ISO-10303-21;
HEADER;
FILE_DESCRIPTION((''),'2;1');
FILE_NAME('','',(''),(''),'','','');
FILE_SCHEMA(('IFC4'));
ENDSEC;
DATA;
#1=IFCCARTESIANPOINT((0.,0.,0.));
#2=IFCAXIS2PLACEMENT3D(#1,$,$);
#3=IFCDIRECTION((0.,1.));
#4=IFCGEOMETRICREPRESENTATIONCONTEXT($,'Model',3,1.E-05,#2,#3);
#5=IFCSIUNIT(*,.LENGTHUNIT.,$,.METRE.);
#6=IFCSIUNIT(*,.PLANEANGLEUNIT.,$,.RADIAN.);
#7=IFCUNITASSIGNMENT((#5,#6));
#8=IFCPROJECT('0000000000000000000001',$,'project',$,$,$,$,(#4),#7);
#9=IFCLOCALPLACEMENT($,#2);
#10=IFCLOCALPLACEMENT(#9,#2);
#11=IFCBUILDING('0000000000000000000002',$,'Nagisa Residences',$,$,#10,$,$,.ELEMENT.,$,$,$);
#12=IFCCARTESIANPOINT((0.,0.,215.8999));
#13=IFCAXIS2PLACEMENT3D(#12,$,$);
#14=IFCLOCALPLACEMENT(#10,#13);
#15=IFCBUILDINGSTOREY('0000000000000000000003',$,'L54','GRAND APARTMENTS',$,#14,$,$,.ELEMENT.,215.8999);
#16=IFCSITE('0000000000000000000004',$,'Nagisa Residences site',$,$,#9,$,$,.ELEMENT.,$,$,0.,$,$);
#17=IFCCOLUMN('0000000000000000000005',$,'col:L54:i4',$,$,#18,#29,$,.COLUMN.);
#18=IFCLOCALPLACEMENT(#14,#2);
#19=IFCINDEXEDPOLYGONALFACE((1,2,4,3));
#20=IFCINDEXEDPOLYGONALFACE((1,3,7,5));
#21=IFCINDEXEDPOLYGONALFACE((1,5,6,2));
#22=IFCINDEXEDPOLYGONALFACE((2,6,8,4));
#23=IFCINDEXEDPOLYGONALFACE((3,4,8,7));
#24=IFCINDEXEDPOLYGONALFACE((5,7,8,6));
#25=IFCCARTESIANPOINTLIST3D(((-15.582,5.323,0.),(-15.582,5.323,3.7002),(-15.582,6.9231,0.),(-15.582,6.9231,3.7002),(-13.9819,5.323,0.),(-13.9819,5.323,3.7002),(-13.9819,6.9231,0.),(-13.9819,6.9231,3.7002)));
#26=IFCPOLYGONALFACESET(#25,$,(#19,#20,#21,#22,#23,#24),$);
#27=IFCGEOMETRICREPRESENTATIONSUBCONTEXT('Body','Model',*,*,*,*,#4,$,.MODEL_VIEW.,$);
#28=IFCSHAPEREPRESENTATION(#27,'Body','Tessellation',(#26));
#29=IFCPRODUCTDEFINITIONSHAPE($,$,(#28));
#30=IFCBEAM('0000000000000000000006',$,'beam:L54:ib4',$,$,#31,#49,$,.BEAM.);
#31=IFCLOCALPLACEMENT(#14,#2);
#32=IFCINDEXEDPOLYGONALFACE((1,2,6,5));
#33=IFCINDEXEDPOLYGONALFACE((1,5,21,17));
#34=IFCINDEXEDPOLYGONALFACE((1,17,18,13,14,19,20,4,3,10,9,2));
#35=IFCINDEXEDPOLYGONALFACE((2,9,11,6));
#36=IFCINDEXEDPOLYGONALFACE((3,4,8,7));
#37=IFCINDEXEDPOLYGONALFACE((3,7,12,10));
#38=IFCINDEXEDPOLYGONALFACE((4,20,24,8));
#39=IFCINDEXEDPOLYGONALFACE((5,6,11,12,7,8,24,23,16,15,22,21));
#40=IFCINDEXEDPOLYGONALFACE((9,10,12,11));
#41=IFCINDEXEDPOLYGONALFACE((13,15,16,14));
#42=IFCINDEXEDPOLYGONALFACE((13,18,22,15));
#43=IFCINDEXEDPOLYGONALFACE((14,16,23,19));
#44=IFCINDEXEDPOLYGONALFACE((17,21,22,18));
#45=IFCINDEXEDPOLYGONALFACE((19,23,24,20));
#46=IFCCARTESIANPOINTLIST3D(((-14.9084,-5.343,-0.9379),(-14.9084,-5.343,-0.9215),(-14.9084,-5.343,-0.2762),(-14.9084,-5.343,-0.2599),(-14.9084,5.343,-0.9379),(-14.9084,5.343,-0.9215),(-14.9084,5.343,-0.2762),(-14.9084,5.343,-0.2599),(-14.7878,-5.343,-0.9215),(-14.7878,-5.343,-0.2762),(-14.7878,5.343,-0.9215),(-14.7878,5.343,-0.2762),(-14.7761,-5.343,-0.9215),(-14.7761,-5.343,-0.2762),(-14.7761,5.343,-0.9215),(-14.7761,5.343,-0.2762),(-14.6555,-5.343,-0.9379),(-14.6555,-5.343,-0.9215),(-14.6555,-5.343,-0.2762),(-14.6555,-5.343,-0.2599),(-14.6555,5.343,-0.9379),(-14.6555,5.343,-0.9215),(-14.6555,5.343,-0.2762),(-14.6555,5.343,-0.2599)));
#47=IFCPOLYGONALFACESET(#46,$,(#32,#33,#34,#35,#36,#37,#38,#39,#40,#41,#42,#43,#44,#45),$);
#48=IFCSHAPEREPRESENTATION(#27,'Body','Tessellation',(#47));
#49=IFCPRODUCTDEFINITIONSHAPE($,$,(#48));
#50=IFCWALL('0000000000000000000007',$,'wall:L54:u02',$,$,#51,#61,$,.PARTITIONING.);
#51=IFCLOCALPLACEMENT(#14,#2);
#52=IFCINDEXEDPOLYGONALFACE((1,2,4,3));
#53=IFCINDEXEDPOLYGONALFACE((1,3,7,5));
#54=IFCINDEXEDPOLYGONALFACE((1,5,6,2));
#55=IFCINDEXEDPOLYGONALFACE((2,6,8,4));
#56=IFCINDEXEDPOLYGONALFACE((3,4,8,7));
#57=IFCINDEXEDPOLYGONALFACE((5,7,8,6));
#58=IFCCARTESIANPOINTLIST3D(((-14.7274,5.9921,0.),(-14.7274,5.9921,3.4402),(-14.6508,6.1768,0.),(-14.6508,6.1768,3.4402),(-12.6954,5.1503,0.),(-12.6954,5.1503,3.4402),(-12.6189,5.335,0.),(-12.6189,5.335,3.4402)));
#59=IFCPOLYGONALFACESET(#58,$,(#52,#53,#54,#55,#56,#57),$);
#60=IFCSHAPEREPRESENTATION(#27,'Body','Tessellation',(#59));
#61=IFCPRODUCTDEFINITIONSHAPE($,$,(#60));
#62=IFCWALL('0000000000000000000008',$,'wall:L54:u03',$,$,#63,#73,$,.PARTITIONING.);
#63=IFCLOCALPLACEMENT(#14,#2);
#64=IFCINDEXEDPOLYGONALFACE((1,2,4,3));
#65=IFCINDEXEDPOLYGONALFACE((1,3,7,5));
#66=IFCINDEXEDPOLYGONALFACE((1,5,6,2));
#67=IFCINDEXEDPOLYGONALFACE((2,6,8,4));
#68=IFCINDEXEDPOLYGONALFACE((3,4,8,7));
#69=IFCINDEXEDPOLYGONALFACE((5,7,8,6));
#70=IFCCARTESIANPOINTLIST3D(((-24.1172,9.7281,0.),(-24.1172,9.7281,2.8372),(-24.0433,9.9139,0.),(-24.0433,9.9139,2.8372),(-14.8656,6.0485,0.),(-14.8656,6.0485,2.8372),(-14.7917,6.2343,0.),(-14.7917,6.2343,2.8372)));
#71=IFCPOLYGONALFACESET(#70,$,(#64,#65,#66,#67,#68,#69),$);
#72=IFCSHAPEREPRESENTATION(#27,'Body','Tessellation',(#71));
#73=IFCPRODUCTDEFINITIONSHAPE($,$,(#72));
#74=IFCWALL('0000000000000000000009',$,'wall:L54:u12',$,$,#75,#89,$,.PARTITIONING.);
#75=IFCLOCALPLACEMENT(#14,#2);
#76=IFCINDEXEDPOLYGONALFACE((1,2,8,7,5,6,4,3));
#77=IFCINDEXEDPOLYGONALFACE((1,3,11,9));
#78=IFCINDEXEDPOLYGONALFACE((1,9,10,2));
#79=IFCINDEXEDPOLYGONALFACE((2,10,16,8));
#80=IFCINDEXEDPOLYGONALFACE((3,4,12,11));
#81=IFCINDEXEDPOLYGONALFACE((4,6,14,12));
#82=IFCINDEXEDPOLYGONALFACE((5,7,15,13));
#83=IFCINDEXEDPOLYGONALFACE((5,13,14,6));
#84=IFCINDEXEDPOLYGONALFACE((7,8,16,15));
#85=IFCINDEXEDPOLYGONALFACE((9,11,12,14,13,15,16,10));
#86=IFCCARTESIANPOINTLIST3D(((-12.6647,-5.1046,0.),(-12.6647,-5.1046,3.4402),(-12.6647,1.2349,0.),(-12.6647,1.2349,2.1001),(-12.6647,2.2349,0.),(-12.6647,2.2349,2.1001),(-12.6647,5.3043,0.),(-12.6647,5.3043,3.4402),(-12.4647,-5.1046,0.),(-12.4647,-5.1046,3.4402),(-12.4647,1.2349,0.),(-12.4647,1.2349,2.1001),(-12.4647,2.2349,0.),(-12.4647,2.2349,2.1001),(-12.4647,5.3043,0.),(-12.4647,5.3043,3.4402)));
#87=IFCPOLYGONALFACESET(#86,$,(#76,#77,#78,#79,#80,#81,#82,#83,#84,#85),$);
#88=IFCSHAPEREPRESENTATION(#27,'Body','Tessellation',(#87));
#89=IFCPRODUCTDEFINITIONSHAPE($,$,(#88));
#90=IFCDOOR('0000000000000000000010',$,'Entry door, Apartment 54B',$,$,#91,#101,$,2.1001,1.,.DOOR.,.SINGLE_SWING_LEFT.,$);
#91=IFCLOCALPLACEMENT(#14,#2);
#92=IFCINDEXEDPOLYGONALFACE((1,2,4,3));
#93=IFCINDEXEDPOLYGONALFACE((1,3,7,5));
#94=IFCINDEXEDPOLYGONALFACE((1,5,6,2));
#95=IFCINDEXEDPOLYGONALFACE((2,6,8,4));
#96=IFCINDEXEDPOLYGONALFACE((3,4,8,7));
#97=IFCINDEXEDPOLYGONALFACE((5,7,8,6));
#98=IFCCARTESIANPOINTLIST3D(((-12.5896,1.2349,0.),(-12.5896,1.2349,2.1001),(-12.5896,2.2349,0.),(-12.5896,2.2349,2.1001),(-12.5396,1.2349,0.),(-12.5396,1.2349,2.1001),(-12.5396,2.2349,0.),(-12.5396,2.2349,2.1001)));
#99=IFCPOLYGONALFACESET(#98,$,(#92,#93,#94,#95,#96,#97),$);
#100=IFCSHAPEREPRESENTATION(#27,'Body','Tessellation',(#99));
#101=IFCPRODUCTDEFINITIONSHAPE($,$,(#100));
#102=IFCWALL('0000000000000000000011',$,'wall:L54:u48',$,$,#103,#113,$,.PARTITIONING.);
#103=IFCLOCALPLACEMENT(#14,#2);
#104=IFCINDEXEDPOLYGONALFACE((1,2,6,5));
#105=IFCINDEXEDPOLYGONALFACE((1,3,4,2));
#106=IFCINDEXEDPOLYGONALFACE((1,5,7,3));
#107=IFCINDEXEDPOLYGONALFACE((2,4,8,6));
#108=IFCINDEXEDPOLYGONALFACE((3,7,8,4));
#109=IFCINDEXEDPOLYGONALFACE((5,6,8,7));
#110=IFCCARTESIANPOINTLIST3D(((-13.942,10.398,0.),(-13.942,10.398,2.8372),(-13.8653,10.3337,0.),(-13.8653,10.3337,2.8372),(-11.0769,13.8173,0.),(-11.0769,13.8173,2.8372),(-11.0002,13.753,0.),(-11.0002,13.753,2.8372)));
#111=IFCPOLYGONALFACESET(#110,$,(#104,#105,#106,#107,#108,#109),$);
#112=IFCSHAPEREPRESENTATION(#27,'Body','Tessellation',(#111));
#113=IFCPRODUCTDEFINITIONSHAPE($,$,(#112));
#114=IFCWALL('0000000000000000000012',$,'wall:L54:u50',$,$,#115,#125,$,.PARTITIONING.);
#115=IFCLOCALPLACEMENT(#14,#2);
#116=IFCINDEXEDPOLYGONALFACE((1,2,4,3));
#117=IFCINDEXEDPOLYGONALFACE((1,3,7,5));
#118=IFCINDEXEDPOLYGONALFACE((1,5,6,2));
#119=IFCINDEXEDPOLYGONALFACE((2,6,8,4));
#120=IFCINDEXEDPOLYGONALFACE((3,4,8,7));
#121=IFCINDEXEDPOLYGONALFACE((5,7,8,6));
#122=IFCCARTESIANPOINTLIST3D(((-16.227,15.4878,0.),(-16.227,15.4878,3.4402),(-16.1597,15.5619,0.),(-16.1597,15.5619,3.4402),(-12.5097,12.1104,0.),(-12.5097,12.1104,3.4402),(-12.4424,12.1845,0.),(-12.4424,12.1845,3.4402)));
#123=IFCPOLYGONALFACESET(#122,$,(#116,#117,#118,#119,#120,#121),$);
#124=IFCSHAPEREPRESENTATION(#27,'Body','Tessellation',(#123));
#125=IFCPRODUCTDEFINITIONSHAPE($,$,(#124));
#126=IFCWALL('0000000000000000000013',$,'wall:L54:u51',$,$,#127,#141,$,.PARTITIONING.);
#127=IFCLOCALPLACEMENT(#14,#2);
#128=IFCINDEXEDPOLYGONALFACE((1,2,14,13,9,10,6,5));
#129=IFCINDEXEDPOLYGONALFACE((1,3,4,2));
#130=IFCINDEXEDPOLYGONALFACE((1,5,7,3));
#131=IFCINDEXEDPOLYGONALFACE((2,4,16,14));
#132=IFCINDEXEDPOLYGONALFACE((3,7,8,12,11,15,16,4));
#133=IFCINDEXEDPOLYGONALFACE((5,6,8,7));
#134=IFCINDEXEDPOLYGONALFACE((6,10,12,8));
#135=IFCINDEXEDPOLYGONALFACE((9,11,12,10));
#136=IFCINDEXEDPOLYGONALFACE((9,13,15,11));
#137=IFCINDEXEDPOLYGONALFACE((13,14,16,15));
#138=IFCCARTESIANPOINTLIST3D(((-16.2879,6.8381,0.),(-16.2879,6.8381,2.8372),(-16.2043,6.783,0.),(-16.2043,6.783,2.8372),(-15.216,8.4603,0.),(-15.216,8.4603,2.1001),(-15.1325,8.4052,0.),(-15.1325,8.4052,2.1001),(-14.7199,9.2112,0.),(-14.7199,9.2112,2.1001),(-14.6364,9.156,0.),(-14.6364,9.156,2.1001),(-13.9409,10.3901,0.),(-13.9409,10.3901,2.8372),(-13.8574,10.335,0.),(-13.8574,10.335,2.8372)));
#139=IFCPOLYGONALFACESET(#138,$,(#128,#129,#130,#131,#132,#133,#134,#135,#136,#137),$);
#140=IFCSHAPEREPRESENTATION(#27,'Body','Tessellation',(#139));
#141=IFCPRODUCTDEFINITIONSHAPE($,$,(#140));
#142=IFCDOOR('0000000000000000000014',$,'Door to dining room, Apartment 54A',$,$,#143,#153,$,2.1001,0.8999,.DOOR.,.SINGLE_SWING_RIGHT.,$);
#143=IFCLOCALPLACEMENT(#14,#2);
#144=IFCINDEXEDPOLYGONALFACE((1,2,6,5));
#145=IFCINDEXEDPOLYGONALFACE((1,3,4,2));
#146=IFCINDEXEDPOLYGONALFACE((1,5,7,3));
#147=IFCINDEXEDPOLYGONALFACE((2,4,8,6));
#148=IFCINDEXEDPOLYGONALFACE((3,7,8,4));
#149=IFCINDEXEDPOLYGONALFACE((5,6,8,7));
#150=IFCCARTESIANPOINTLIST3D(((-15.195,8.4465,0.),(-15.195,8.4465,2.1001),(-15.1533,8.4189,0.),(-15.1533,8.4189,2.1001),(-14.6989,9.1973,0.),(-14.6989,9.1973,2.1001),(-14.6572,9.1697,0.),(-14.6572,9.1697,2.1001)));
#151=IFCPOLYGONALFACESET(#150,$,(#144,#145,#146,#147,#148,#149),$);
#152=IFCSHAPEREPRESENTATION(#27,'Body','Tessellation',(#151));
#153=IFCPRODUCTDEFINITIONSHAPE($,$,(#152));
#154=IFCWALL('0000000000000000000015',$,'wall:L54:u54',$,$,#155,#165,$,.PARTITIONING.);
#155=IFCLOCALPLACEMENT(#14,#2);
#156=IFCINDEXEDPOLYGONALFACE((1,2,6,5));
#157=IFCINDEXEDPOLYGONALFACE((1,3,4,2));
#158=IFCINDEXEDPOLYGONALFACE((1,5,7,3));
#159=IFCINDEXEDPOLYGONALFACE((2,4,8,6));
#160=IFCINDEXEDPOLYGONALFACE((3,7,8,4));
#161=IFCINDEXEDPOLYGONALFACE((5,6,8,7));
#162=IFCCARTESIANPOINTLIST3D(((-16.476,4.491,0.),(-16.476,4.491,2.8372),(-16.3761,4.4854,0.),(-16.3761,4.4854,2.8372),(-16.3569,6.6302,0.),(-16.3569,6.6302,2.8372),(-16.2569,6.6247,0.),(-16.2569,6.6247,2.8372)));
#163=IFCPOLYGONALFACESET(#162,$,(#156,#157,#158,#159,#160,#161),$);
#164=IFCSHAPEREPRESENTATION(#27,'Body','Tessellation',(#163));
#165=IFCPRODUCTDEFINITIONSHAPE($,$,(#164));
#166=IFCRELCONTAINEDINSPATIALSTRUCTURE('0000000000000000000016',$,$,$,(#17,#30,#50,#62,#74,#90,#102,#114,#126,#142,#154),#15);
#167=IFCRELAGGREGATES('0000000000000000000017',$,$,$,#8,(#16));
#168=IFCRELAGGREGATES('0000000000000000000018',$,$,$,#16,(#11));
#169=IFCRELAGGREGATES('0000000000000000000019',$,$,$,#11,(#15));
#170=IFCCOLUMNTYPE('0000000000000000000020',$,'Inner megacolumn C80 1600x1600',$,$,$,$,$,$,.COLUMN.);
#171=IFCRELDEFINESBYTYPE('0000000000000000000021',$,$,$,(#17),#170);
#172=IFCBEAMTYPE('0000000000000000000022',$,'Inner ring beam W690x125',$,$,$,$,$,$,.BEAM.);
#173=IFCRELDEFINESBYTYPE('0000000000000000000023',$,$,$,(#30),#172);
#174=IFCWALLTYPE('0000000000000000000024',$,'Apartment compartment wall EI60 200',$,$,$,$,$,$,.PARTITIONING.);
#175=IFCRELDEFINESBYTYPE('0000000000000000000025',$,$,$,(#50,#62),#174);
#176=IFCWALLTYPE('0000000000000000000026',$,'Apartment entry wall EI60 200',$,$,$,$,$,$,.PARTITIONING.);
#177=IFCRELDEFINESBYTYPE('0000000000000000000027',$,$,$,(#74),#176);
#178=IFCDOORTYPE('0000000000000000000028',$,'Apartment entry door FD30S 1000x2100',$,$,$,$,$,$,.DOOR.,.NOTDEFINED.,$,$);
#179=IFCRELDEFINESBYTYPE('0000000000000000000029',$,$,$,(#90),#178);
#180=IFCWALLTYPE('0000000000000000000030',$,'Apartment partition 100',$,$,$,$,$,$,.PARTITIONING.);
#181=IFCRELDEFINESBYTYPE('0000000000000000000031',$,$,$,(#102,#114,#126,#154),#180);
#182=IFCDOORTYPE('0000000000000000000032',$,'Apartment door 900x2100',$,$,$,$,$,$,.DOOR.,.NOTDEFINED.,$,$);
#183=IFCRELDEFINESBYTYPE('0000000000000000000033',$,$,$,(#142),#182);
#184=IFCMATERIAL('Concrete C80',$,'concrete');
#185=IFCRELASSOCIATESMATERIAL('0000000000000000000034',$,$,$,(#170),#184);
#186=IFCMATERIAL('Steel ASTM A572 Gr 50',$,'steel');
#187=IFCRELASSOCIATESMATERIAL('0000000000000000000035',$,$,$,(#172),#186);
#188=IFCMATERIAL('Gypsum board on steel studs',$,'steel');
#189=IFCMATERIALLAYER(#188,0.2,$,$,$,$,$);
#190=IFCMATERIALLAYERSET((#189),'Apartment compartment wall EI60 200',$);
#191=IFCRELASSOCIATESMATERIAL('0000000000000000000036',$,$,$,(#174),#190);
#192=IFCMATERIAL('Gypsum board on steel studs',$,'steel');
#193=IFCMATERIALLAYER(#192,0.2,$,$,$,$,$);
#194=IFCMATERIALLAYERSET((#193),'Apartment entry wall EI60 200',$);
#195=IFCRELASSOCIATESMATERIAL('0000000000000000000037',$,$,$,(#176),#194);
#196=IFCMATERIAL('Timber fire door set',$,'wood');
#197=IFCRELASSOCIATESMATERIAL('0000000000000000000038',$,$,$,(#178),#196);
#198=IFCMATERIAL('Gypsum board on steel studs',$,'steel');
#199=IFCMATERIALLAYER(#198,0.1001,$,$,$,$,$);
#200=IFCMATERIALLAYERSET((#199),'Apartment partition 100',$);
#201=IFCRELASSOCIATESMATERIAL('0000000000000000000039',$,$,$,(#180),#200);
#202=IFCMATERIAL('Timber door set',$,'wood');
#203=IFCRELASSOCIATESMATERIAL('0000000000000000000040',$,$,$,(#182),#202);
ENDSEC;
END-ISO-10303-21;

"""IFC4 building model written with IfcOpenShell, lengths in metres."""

from ifc_helpers import new_model, si_unit, direction, frame, frame_2d, origin, origin_2d, place, context, subcontext, project, spatial, rectangle, i_section, extrude, material, layer, layer_set, material_profile, profile_set, type_object, element, fill, save


model = new_model("IFC4")

# Units and contexts
model_context = context("Model", 3, precision=1e-05, world=origin(), true_north=direction((0.0, 1.0)))
body_context = subcontext(model_context, "Body", "Model", "MODEL_VIEW")
ifc_project = project(units=[si_unit("LENGTHUNIT", "METRE"), si_unit("PLANEANGLEUNIT", "RADIAN")], contexts=[model_context])

# Site, building, storey
site_placement = place(None, origin())
site = spatial("IfcSite", under=ifc_project, at=site_placement, Name="Nagisa Residences site", CompositionType="ELEMENT", RefElevation=0.0)
building_placement = place(site_placement, origin())
building = spatial("IfcBuilding", under=site, at=building_placement, Name="Nagisa Residences", CompositionType="ELEMENT")
storey_placement = place(building_placement, frame((0.0, 0.0, 215.8999)))
storey = spatial("IfcBuildingStorey", under=building, at=storey_placement, Name="L54", Description="GRAND APARTMENTS", CompositionType="ELEMENT", Elevation=215.8999)

# Column
ifc_material_1 = material(Name="Concrete C80", Category="concrete")
ifc_material_profile_1 = material_profile(ifc_material_1, rectangle(XDim=1.6001, YDim=1.6001, at=origin_2d()), Name="C80 1600x1600")
ifc_profile_set_1 = profile_set([ifc_material_profile_1], Name="Concrete C80")
column_type = type_object("IfcColumnType", Name="Inner megacolumn C80 1600x1600", PredefinedType="COLUMN", material=ifc_profile_set_1)
column_placement = place(storey_placement, frame((-14.782, 6.123, 0.0), z_axis=(0.0, 0.0, 1.0), x_axis=(1.0, 0.0, 0.0)))
element("IfcColumn", 1, at=column_placement, inside=storey, type_object=column_type, Name="col:L54:i4", PredefinedType="COLUMN", context=body_context, shape_type="SweptSolid", body=[
    extrude(rectangle(XDim=1.6001, YDim=1.6001, at=origin_2d()), origin(), (0.0, 0.0, 1.0), 3.7002),
])

# Beam
ifc_material_2 = material(Name="Steel ASTM A572 Gr 50", Category="steel")
ifc_material_profile_2 = material_profile(ifc_material_2, i_section(OverallWidth=0.2529, OverallDepth=0.678, WebThickness=0.0117, FlangeThickness=0.0164, at=origin_2d()), Name="W690x125")
ifc_profile_set_2 = profile_set([ifc_material_profile_2], Name="Steel ASTM A572 Gr 50")
beam_type = type_object("IfcBeamType", Name="Inner ring beam W690x125", PredefinedType="BEAM", material=ifc_profile_set_2)
beam_placement = place(storey_placement, frame((-14.782, 5.343, -0.5989), z_axis=(0.0, -1.0, 0.0), x_axis=(1.0, 0.0, 0.0)))
element("IfcBeam", 2, at=beam_placement, inside=storey, type_object=beam_type, Name="beam:L54:ib4", PredefinedType="BEAM", context=body_context, shape_type="SweptSolid", body=[
    extrude(i_section(OverallWidth=0.2529, OverallDepth=0.678, WebThickness=0.0117, FlangeThickness=0.0164, at=origin_2d()), origin(), (0.0, 0.0, 1.0), 10.686),
])

# Walls
ifc_material_3 = material(Name="Gypsum board on steel studs", Category="steel")
ifc_layer_1 = layer(ifc_material_3, 0.2)
ifc_layer_set_1 = layer_set([ifc_layer_1], Name="Apartment compartment wall EI60 200")
wall_type_1 = type_object("IfcWallType", Name="Apartment compartment wall EI60 200", PredefinedType="PARTITIONING", material=ifc_layer_set_1)
wall_1_placement = place(storey_placement, frame((-12.6572, 5.2427, 0.0), z_axis=(0.0, 0.0, 1.0), x_axis=(-0.92386, 0.382731, 0.0)))
element("IfcWall", 3, at=wall_1_placement, inside=storey, type_object=wall_type_1, Name="wall:L54:u02", PredefinedType="PARTITIONING", context=body_context, shape_type="SweptSolid", body=[
    extrude(rectangle(XDim=2.1995, YDim=0.2, at=frame_2d((1.0996, 0.0))), origin(), (0.0, 0.0, 1.0), 3.4402),
])
wall_2_placement = place(storey_placement, frame((-14.8286, 6.1414, 0.0), z_axis=(0.0, 0.0, 1.0), x_axis=(-0.929202, 0.369572, 0.0)))
element("IfcWall", 4, at=wall_2_placement, inside=storey, type_object=wall_type_1, Name="wall:L54:u03", PredefinedType="PARTITIONING", context=body_context, shape_type="SweptSolid", body=[
    extrude(rectangle(XDim=9.9565, YDim=0.2, at=frame_2d((4.9783, 0.0))), origin(), (0.0, 0.0, 1.0), 2.8372),
])

# Wall, opening, door
ifc_material_4 = material(Name="Gypsum board on steel studs", Category="steel")
ifc_layer_2 = layer(ifc_material_4, 0.2)
ifc_layer_set_2 = layer_set([ifc_layer_2], Name="Apartment entry wall EI60 200")
wall_type_2 = type_object("IfcWallType", Name="Apartment entry wall EI60 200", PredefinedType="PARTITIONING", material=ifc_layer_set_2)
wall_3_placement = place(storey_placement, frame((-12.5647, 5.3044, 0.0), z_axis=(0.0, 0.0, 1.0), x_axis=(0.0, -1.0, 0.0)))
wall_3 = element("IfcWall", 5, at=wall_3_placement, inside=storey, type_object=wall_type_2, Name="wall:L54:u12", PredefinedType="PARTITIONING", context=body_context, shape_type="SweptSolid", body=[
    extrude(rectangle(XDim=10.4089, YDim=0.2, at=frame_2d((5.2046, 0.0))), origin(), (0.0, 0.0, 1.0), 3.4402),
])
opening_1_placement = place(wall_3_placement, frame((3.0696, 0.0, 0.0)))
opening_1 = element("IfcOpeningElement", 6, at=opening_1_placement, cuts=wall_3, PredefinedType="OPENING", context=body_context, shape_type="SweptSolid", body=[
    extrude(rectangle(XDim=1.0, YDim=2.1001, at=frame_2d((0.5, 1.05))), frame((0.0, 0.1099, 0.0), z_axis=(0.0, -1.0, 0.0), x_axis=(1.0, 0.0, 0.0)), (0.0, 0.0, 1.0), 0.22),
])
ifc_material_5 = material(Name="Timber fire door set", Category="wood")
door_type_1 = type_object("IfcDoorType", Name="Apartment entry door FD30S 1000x2100", OperationType="NOTDEFINED", PredefinedType="DOOR", material=ifc_material_5)
door_1_placement = place(opening_1_placement, frame((1.0, 0.0, 0.0), x_axis=(-1.0, 0.0, 0.0)))
door_1 = element("IfcDoor", 7, at=door_1_placement, inside=storey, type_object=door_type_1, Name="Entry door, Apartment 54B", OperationType="SINGLE_SWING_LEFT", OverallHeight=2.1001, OverallWidth=1.0, PredefinedType="DOOR", context=body_context, shape_type="SweptSolid", body=[
    extrude(rectangle(XDim=1.0, YDim=2.1001, at=frame_2d((0.5, 1.05))), frame((0.0, 0.0249, 0.0), z_axis=(0.0, -1.0, 0.0), x_axis=(1.0, 0.0, 0.0)), (0.0, 0.0, 1.0), 0.05),
])
fill(opening_1, door_1)

# Walls
ifc_material_6 = material(Name="Gypsum board on steel studs", Category="steel")
ifc_layer_3 = layer(ifc_material_6, 0.1001)
ifc_layer_set_3 = layer_set([ifc_layer_3], Name="Apartment partition 100")
wall_type_3 = type_object("IfcWallType", Name="Apartment partition 100", PredefinedType="PARTITIONING", material=ifc_layer_set_3)
wall_4_placement = place(storey_placement, frame((-11.0386, 13.7852, 0.0), z_axis=(0.0, 0.0, 1.0), x_axis=(-0.642255, -0.766491, 0.0)))
element("IfcWall", 8, at=wall_4_placement, inside=storey, type_object=wall_type_3, Name="wall:L54:u48", PredefinedType="PARTITIONING", context=body_context, shape_type="SweptSolid", body=[
    extrude(rectangle(XDim=4.4609, YDim=0.1001, at=frame_2d((2.2305, 0.0))), origin(), (0.0, 0.0, 1.0), 2.8372),
])
wall_5_placement = place(storey_placement, frame((-12.4761, 12.1475, 0.0), z_axis=(0.0, 0.0, 1.0), x_axis=(-0.740129, 0.672465, 0.0)))
element("IfcWall", 9, at=wall_5_placement, inside=storey, type_object=wall_type_3, Name="wall:L54:u50", PredefinedType="PARTITIONING", context=body_context, shape_type="SweptSolid", body=[
    extrude(rectangle(XDim=5.0225, YDim=0.1001, at=frame_2d((2.5112, 0.0))), origin(), (0.0, 0.0, 1.0), 3.4402),
])

# Wall, opening, door
wall_6_placement = place(storey_placement, frame((-13.8992, 10.3625, 0.0), z_axis=(0.0, 0.0, 1.0), x_axis=(-0.551268, -0.834328, 0.0)))
wall_6 = element("IfcWall", 10, at=wall_6_placement, inside=storey, type_object=wall_type_3, Name="wall:L54:u51", PredefinedType="PARTITIONING", context=body_context, shape_type="SweptSolid", body=[
    extrude(rectangle(XDim=4.2573, YDim=0.1001, at=frame_2d((2.1287, 0.0))), origin(), (0.0, 0.0, 1.0), 2.8372),
])
opening_2_placement = place(wall_6_placement, frame((1.4131, 0.0, 0.0)))
opening_2 = element("IfcOpeningElement", 11, at=opening_2_placement, cuts=wall_6, PredefinedType="OPENING", context=body_context, shape_type="SweptSolid", body=[
    extrude(rectangle(XDim=0.8999, YDim=2.1001, at=frame_2d((0.45, 1.05))), frame((0.0, 0.0601, 0.0), z_axis=(0.0, -1.0, 0.0), x_axis=(1.0, 0.0, 0.0)), (0.0, 0.0, 1.0), 0.1201),
])
ifc_material_7 = material(Name="Timber door set", Category="wood")
door_type_2 = type_object("IfcDoorType", Name="Apartment door 900x2100", OperationType="NOTDEFINED", PredefinedType="DOOR", material=ifc_material_7)
door_2_placement = place(opening_2_placement, frame((0.8999, 0.0, 0.0), x_axis=(-1.0, 0.0, 0.0)))
door_2 = element("IfcDoor", 12, at=door_2_placement, inside=storey, type_object=door_type_2, Name="Door to dining room, Apartment 54A", OperationType="SINGLE_SWING_RIGHT", OverallHeight=2.1001, OverallWidth=0.8999, PredefinedType="DOOR", context=body_context, shape_type="SweptSolid", body=[
    extrude(rectangle(XDim=0.8999, YDim=2.1001, at=frame_2d((0.45, 1.05))), frame((0.0, 0.0249, 0.0), z_axis=(0.0, -1.0, 0.0), x_axis=(1.0, 0.0, 0.0)), (0.0, 0.0, 1.0), 0.05),
])
fill(opening_2, door_2)

# Wall
wall_7_placement = place(storey_placement, frame((-16.3069, 6.6274, 0.0), z_axis=(0.0, 0.0, 1.0), x_axis=(-0.055609, -0.998453, 0.0)))
element("IfcWall", 13, at=wall_7_placement, inside=storey, type_object=wall_type_3, Name="wall:L54:u54", PredefinedType="PARTITIONING", context=body_context, shape_type="SweptSolid", body=[
    extrude(rectangle(XDim=2.1426, YDim=0.1001, at=frame_2d((1.0713, 0.0))), origin(), (0.0, 0.0, 1.0), 2.8372),
])

save(model, "model.ifc")
